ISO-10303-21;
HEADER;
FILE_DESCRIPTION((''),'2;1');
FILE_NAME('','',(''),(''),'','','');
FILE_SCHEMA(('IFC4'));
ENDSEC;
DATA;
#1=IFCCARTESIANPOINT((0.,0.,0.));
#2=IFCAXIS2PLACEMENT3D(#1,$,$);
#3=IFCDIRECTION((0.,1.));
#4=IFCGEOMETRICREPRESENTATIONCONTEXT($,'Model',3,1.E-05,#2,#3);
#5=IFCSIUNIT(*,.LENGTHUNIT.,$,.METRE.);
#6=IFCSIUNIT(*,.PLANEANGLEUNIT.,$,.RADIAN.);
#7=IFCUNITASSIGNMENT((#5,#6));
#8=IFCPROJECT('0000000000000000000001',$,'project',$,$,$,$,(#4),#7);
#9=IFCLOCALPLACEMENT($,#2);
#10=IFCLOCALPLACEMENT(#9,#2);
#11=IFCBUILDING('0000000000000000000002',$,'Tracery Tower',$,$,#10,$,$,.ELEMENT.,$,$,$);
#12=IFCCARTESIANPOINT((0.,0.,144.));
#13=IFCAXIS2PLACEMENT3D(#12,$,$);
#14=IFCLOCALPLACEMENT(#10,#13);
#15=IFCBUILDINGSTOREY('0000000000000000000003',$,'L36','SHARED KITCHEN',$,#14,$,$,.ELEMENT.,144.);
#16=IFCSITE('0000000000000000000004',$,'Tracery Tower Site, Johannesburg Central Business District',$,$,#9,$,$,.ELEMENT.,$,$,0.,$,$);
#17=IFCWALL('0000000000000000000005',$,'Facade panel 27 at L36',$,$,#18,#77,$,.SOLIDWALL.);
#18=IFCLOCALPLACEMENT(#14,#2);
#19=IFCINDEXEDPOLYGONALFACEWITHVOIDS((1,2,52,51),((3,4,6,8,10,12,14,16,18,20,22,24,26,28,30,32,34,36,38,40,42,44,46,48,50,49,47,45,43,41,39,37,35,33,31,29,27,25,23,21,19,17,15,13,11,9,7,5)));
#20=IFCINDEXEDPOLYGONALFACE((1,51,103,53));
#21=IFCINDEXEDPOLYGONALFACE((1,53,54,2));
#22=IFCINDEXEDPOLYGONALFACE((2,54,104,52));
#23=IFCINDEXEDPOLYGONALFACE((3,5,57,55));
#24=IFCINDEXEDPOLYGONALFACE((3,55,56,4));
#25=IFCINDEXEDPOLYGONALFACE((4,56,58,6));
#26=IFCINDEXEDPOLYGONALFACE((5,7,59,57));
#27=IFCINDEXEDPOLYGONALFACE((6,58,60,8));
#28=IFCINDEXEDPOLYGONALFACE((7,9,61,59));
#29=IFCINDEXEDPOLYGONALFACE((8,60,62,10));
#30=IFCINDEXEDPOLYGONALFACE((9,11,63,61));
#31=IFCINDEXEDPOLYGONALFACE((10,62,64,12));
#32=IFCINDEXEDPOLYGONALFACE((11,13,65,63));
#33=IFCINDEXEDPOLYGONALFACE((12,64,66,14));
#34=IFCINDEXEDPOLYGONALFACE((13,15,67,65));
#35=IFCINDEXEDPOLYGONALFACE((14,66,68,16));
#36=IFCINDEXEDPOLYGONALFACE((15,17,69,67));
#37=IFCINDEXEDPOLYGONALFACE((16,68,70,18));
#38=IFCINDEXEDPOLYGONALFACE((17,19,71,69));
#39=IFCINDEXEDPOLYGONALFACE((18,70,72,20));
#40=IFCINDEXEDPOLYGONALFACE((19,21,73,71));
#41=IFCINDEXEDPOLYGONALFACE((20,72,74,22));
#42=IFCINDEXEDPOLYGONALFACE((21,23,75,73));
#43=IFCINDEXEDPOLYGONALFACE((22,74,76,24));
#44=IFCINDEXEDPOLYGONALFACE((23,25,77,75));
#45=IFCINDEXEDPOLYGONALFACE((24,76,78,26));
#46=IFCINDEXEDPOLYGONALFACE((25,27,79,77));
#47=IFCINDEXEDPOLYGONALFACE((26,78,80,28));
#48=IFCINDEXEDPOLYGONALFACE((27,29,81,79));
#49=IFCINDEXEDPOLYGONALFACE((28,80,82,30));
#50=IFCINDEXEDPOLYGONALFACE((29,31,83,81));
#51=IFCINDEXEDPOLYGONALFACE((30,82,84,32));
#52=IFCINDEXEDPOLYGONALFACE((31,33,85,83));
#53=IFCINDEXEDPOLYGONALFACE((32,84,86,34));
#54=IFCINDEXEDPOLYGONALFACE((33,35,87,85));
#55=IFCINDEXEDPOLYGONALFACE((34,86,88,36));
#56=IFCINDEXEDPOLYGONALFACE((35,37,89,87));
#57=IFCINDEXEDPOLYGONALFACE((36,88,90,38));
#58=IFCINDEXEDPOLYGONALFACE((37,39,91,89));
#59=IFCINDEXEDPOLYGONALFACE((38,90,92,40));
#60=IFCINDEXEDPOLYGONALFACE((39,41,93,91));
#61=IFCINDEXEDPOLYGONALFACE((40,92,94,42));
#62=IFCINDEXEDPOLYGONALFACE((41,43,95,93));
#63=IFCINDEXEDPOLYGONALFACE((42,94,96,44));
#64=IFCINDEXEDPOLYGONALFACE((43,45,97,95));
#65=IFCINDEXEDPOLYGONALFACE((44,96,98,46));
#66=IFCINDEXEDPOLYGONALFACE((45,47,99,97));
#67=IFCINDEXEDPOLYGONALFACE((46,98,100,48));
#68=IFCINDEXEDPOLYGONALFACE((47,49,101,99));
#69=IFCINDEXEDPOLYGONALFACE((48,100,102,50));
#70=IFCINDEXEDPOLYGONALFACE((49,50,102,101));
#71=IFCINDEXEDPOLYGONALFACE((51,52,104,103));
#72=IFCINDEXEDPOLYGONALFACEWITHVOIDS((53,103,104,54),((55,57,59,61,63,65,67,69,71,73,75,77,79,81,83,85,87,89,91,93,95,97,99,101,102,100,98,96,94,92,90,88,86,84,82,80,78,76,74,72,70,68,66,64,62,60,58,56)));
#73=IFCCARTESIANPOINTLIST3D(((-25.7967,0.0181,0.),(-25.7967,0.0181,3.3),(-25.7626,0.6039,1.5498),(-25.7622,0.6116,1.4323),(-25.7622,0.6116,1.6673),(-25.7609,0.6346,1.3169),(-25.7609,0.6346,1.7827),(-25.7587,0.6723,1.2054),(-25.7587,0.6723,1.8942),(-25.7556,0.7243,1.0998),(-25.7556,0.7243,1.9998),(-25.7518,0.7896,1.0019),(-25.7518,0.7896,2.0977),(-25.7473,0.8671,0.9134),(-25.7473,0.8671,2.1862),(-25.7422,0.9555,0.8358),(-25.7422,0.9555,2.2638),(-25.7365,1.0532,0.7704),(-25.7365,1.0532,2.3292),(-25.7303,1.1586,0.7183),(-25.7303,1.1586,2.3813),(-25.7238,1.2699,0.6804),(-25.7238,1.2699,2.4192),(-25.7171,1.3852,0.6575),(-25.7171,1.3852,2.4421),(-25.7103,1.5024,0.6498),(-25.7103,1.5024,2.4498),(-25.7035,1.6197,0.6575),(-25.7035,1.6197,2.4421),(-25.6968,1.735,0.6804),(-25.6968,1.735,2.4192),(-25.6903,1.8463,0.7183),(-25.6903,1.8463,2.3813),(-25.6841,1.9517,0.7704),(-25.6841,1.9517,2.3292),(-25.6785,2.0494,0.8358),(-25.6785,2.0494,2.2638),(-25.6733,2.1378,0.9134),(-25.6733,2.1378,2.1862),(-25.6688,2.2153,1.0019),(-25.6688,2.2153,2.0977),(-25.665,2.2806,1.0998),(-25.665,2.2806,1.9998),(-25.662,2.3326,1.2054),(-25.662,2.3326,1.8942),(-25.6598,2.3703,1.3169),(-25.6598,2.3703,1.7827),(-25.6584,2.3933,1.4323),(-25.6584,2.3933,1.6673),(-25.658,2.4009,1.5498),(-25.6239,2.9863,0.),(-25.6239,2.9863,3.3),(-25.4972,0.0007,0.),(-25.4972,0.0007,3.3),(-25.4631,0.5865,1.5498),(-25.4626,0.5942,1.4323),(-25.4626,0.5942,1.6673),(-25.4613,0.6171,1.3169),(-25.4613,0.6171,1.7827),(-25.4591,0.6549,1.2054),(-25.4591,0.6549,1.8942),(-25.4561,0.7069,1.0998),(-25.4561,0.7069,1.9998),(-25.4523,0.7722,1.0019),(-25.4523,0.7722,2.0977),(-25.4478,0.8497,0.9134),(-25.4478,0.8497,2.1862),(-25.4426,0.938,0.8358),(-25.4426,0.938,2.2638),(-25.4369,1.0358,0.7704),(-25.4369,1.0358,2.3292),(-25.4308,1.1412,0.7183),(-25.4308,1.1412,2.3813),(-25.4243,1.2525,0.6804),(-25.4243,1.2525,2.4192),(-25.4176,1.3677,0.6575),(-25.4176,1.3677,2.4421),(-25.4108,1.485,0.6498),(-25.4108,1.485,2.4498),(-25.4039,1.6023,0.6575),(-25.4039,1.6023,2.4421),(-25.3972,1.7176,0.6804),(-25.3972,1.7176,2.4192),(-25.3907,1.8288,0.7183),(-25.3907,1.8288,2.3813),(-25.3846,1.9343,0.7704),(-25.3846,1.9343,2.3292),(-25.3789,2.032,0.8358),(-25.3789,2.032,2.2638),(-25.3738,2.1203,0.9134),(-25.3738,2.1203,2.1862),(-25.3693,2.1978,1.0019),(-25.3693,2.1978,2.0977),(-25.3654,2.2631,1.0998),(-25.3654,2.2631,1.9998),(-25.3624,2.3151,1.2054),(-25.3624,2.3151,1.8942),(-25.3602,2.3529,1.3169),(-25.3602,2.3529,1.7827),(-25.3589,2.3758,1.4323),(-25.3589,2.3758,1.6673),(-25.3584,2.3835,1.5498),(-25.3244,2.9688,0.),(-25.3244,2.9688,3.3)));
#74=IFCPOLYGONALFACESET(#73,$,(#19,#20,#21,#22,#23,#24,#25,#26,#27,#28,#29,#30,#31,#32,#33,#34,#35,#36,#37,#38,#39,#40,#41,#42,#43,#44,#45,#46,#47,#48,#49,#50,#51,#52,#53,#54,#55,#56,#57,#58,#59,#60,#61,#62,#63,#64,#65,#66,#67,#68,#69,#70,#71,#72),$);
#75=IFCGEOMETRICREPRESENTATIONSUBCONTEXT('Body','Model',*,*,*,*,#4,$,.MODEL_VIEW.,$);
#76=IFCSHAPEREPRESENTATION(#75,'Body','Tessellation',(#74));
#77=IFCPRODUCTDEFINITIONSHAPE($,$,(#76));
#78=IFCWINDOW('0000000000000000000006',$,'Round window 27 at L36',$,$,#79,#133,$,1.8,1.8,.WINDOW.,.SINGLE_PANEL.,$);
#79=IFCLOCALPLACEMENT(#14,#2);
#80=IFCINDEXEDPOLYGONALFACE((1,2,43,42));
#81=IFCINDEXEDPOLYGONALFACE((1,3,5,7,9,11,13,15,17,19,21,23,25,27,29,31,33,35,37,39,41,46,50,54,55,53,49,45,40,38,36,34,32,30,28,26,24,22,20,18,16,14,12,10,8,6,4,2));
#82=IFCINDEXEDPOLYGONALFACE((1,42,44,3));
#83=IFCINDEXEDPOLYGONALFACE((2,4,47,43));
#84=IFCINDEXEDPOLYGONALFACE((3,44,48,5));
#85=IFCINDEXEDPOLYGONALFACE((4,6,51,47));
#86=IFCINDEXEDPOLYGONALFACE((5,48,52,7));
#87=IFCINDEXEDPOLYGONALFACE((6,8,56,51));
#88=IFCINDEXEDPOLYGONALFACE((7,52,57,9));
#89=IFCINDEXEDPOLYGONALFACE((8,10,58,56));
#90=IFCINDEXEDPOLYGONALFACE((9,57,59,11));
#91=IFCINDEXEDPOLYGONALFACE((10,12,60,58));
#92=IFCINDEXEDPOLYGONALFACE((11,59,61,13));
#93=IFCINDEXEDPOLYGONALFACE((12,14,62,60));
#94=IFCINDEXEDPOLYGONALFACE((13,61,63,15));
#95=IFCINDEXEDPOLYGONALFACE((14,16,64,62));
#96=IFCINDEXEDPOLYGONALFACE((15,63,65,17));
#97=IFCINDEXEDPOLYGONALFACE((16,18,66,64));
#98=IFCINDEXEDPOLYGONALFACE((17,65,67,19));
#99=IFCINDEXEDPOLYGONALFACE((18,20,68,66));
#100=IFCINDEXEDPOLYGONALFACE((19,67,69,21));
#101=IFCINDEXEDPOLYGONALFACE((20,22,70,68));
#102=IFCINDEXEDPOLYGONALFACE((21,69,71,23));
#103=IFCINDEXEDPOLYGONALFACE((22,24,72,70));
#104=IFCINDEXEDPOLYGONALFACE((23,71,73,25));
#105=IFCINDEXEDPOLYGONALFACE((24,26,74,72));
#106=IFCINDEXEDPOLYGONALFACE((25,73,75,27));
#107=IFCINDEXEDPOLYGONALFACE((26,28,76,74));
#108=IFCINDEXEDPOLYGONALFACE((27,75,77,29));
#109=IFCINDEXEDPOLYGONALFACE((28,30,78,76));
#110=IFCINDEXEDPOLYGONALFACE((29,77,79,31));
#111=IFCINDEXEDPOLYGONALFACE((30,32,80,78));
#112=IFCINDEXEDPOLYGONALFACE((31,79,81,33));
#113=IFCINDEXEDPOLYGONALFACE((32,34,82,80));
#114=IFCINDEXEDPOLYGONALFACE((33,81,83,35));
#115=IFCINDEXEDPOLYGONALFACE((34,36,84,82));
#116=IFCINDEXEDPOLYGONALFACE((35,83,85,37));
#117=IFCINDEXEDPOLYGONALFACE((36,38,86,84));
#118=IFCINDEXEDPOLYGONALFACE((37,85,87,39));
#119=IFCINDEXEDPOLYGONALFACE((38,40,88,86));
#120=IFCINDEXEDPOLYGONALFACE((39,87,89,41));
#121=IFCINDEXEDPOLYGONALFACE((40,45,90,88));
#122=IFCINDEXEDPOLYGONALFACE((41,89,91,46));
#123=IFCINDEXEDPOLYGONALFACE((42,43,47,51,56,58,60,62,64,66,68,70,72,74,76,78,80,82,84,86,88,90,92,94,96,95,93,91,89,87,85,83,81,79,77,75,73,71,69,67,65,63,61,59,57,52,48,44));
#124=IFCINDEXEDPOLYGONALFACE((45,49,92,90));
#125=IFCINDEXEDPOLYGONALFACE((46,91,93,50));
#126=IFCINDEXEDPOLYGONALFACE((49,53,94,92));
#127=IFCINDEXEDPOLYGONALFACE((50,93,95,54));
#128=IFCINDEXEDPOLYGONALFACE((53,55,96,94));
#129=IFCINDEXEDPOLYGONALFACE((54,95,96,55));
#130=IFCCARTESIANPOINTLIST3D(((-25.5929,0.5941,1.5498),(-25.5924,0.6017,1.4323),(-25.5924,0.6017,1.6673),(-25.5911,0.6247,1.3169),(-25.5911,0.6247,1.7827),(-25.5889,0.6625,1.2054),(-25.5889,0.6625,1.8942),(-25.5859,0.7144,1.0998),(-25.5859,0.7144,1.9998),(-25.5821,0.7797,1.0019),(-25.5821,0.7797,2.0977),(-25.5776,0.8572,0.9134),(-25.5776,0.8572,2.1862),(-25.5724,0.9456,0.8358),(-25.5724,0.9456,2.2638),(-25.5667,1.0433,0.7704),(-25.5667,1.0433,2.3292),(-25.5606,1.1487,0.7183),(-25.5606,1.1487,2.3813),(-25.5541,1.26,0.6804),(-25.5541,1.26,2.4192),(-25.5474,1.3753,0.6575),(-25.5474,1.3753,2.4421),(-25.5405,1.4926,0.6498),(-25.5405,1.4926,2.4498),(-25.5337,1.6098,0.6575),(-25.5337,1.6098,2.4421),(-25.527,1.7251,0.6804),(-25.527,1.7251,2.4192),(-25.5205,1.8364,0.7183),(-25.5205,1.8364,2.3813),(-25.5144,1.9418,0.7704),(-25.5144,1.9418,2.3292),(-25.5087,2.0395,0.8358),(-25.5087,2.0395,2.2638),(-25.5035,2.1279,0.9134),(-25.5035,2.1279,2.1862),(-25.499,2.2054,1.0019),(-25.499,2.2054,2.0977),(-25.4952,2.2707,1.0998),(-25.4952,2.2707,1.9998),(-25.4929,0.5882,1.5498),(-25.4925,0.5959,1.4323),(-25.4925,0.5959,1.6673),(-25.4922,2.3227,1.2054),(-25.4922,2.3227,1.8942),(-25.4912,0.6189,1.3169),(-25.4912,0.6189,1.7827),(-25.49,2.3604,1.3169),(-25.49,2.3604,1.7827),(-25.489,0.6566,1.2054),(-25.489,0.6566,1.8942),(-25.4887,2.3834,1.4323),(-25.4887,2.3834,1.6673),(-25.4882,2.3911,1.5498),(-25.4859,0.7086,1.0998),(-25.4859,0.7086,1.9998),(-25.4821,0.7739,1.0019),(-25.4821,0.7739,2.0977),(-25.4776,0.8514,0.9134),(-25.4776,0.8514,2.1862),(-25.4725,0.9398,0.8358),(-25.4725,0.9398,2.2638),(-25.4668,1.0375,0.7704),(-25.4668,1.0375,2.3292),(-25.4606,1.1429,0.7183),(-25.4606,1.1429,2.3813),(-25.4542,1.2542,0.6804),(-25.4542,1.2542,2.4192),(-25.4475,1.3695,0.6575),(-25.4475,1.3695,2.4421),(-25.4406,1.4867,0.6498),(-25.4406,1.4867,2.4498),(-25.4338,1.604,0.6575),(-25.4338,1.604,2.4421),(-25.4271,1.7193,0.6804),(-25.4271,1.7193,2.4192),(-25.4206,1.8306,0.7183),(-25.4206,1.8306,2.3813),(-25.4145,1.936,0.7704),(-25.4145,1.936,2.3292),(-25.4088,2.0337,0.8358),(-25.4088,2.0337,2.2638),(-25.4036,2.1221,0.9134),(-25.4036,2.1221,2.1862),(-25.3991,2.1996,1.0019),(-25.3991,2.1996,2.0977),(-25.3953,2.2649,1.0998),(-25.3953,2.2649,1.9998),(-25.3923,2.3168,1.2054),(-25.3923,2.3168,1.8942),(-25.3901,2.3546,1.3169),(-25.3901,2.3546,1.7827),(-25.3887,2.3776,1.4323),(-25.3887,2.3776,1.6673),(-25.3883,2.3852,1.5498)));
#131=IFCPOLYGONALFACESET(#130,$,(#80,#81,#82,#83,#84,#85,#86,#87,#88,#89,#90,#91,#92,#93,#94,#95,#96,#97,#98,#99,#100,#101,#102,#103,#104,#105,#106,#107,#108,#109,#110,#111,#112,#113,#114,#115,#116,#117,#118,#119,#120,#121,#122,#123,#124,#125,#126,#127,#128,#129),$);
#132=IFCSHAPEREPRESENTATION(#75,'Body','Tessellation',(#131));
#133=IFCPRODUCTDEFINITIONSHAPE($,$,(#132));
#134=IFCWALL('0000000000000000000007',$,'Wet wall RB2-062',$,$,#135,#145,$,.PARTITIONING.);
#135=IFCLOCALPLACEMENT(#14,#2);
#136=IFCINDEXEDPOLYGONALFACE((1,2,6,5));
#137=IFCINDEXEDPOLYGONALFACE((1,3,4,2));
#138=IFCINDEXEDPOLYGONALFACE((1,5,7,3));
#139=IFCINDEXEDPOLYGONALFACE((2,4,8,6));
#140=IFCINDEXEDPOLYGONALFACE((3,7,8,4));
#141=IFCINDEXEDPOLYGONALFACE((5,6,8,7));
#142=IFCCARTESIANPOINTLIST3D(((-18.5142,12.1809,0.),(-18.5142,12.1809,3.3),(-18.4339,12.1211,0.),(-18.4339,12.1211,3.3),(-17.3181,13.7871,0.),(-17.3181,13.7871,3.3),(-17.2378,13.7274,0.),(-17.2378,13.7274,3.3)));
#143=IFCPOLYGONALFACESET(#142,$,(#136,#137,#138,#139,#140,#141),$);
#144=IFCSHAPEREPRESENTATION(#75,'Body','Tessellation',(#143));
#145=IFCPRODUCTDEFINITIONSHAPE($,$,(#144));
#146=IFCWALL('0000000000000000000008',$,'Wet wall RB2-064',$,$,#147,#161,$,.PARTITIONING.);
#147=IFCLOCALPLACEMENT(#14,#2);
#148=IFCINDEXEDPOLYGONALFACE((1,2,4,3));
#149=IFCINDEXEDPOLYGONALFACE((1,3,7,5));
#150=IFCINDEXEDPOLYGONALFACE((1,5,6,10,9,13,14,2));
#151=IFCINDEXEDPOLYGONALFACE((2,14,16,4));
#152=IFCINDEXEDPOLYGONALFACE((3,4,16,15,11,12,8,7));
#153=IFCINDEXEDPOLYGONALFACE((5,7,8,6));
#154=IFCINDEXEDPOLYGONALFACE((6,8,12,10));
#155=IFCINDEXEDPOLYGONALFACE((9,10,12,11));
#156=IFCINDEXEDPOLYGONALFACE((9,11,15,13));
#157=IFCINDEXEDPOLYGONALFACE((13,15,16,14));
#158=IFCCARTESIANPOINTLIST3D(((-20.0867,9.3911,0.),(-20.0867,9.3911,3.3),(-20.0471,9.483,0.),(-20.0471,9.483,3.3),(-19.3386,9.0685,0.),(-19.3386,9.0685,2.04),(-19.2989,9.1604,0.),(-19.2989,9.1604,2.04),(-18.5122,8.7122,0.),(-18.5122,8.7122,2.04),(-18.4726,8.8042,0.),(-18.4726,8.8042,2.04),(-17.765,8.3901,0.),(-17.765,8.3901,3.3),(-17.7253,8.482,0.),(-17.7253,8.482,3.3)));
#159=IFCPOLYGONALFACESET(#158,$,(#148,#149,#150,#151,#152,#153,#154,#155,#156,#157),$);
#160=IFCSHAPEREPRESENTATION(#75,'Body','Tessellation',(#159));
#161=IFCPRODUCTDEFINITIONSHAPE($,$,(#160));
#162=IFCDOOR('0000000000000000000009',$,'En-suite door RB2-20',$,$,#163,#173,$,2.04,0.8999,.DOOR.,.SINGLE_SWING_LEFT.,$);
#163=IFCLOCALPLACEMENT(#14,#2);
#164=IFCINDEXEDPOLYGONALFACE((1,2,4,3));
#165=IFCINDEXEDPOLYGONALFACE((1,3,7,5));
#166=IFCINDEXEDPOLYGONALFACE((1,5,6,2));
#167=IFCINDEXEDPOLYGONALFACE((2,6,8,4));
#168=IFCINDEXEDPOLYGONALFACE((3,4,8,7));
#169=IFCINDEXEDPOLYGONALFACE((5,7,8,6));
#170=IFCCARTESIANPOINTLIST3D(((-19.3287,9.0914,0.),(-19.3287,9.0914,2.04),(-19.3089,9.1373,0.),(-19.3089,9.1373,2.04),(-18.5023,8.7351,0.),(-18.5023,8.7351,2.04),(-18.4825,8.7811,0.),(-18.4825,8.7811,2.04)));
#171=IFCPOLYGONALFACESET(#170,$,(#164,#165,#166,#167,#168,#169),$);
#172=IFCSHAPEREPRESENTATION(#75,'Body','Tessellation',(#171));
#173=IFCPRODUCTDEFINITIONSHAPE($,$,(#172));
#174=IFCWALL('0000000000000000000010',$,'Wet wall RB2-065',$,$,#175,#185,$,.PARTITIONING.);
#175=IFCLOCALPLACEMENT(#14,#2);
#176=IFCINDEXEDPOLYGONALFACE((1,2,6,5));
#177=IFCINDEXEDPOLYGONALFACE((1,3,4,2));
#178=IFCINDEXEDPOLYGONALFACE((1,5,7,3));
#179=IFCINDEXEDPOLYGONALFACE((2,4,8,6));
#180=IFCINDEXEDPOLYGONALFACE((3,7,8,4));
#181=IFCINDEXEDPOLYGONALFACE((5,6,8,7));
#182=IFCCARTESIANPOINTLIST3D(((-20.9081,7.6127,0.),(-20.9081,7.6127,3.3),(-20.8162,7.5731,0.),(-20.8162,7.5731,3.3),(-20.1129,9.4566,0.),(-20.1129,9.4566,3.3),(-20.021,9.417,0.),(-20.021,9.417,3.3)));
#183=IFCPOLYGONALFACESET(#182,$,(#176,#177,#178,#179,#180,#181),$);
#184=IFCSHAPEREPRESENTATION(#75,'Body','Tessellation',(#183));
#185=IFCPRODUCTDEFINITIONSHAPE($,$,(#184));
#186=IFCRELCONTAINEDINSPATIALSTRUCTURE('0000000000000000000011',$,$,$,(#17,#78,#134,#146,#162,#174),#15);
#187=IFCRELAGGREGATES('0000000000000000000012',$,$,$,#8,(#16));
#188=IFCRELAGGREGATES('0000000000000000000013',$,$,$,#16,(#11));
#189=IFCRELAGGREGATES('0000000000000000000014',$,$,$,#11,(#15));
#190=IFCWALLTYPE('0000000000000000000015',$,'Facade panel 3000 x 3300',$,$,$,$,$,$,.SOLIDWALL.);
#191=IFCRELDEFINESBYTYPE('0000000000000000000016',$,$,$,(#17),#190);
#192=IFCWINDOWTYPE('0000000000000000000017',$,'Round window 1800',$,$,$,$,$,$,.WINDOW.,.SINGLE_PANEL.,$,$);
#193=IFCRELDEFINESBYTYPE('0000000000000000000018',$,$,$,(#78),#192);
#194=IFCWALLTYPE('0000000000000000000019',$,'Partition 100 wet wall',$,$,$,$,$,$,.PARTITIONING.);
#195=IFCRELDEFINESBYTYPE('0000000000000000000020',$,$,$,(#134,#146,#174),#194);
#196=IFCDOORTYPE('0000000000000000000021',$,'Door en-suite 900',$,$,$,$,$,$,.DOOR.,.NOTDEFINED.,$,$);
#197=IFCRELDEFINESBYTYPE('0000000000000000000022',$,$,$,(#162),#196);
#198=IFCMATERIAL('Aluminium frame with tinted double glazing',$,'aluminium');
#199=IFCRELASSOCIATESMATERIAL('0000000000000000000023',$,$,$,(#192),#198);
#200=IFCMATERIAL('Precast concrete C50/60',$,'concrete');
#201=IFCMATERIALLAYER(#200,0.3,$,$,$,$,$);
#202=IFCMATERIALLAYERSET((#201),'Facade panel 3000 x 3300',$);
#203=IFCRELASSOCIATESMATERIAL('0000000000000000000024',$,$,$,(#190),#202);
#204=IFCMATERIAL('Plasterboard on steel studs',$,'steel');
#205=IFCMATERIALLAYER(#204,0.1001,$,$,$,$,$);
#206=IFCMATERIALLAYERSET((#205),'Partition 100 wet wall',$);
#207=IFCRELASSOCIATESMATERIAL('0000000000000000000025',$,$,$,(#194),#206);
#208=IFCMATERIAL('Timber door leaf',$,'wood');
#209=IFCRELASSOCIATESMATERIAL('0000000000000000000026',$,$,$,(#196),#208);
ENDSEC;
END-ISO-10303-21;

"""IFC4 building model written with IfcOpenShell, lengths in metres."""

from ifc_helpers import new_model, si_unit, direction, frame, frame_2d, origin, origin_2d, place, context, subcontext, project, spatial, rectangle, circle, extrude, material, layer, layer_set, type_object, element, fill, save


model = new_model("IFC4")

# Units and contexts
model_context = context("Model", 3, precision=1e-05, world=origin(), true_north=direction((0.0, 1.0)))
body_context = subcontext(model_context, "Body", "Model", "MODEL_VIEW")
ifc_project = project(units=[si_unit("LENGTHUNIT", "METRE"), si_unit("PLANEANGLEUNIT", "RADIAN")], contexts=[model_context])

# Site, building, storey
site_placement = place(None, origin())
site = spatial("IfcSite", under=ifc_project, at=site_placement, Name="Tracery Tower Site, Johannesburg Central Business District", CompositionType="ELEMENT", RefElevation=0.0)
building_placement = place(site_placement, origin())
building = spatial("IfcBuilding", under=site, at=building_placement, Name="Tracery Tower", CompositionType="ELEMENT")
storey_placement = place(building_placement, frame((0.0, 0.0, 144.0)))
storey = spatial("IfcBuildingStorey", under=building, at=storey_placement, Name="L36", Description="SHARED KITCHEN", CompositionType="ELEMENT", Elevation=144.0)

# Wall, opening, window
ifc_material_1 = material(Name="Aluminium frame with tinted double glazing", Category="aluminium")
window_type = type_object("IfcWindowType", Name="Round window 1800", PartitioningType="SINGLE_PANEL", PredefinedType="WINDOW", material=ifc_material_1)
ifc_material_2 = material(Name="Precast concrete C50/60", Category="concrete")
ifc_layer_1 = layer(ifc_material_2, 0.3)
ifc_layer_set_1 = layer_set([ifc_layer_1], Name="Facade panel 3000 x 3300")
wall_type_1 = type_object("IfcWallType", Name="Facade panel 3000 x 3300", PredefinedType="SOLIDWALL", material=ifc_layer_set_1)
wall_1_placement = place(storey_placement, frame((-25.4741, 2.9775, 0.0), z_axis=(0.0, 0.0, 1.0), x_axis=(-0.05814, -0.998308, 0.0)))
wall_1 = element("IfcWall", 1, at=wall_1_placement, inside=storey, type_object=wall_type_1, Name="Facade panel 27 at L36", PredefinedType="SOLIDWALL", context=body_context, shape_type="SweptSolid", body=[
    extrude(rectangle(XDim=2.9731, YDim=0.3, at=frame_2d((1.4866, 0.0))), origin(), (0.0, 0.0, 1.0), 3.3),
])
opening_1_placement = place(wall_1_placement, frame((1.4863, 0.0, 1.5498)))
opening_1 = element("IfcOpeningElement", 2, at=opening_1_placement, cuts=wall_1, PredefinedType="OPENING", context=body_context, shape_type="SweptSolid", body=[
    extrude(circle(Radius=0.9, at=origin_2d()), frame((0.0, 0.1599, 0.0), z_axis=(0.0, -1.0, 0.0), x_axis=(1.0, 0.0, 0.0)), (0.0, 0.0, 1.0), 0.3201),
])
window_1_placement = place(opening_1_placement, origin())
window_1 = element("IfcWindow", 3, at=window_1_placement, inside=storey, type_object=window_type, Name="Round window 27 at L36", OverallHeight=1.8, OverallWidth=1.8, PartitioningType="SINGLE_PANEL", PredefinedType="WINDOW", context=body_context, shape_type="SweptSolid", body=[
    extrude(circle(Radius=0.9, at=origin_2d()), frame((0.0, 0.1201, 0.0), z_axis=(0.0, -1.0, 0.0), x_axis=(1.0, 0.0, 0.0)), (0.0, 0.0, 1.0), 0.1001),
])
fill(opening_1, window_1)

# Wall
ifc_material_3 = material(Name="Plasterboard on steel studs", Category="steel")
ifc_layer_2 = layer(ifc_material_3, 0.1001)
ifc_layer_set_2 = layer_set([ifc_layer_2], Name="Partition 100 wet wall")
wall_type_2 = type_object("IfcWallType", Name="Partition 100 wet wall", PredefinedType="PARTITIONING", material=ifc_layer_set_2)
wall_2_placement = place(storey_placement, frame((-18.4741, 12.1509, 0.0), z_axis=(0.0, 0.0, 1.0), x_axis=(0.597246, 0.802058, 0.0)))
element("IfcWall", 4, at=wall_2_placement, inside=storey, type_object=wall_type_2, Name="Wet wall RB2-062", PredefinedType="PARTITIONING", context=body_context, shape_type="SweptSolid", body=[
    extrude(rectangle(XDim=2.0027, YDim=0.1001, at=frame_2d((1.0015, 0.0))), origin(), (0.0, 0.0, 1.0), 3.3),
])

# Wall, opening, door
wall_3_placement = place(storey_placement, frame((-20.0669, 9.437, 0.0), z_axis=(0.0, 0.0, 1.0), x_axis=(0.918294, -0.3959, 0.0)))
wall_3 = element("IfcWall", 5, at=wall_3_placement, inside=storey, type_object=wall_type_2, Name="Wet wall RB2-064", PredefinedType="PARTITIONING", context=body_context, shape_type="SweptSolid", body=[
    extrude(rectangle(XDim=2.5283, YDim=0.1001, at=frame_2d((1.2642, 0.0))), origin(), (0.0, 0.0, 1.0), 3.3),
])
opening_2_placement = place(wall_3_placement, frame((0.8147, 0.0, 0.0)))
opening_2 = element("IfcOpeningElement", 6, at=opening_2_placement, cuts=wall_3, PredefinedType="OPENING", context=body_context, shape_type="SweptSolid", body=[
    extrude(rectangle(XDim=0.8999, YDim=2.04, at=frame_2d((0.45, 1.02))), frame((0.0, 0.05, 0.0), z_axis=(0.0, -1.0, 0.0), x_axis=(1.0, 0.0, 0.0)), (0.0, 0.0, 1.0), 0.1001),
])
ifc_material_4 = material(Name="Timber door leaf", Category="wood")
door_type_1 = type_object("IfcDoorType", Name="Door en-suite 900", OperationType="NOTDEFINED", PredefinedType="DOOR", material=ifc_material_4)
door_1_placement = place(opening_2_placement, origin())
door_1 = element("IfcDoor", 7, at=door_1_placement, inside=storey, type_object=door_type_1, Name="En-suite door RB2-20", OperationType="SINGLE_SWING_LEFT", OverallHeight=2.04, OverallWidth=0.8999, PredefinedType="DOOR", context=body_context, shape_type="SweptSolid", body=[
    extrude(rectangle(XDim=0.8999, YDim=2.04, at=frame_2d((0.45, 1.02))), frame((0.0, 0.0249, 0.0), z_axis=(0.0, -1.0, 0.0), x_axis=(1.0, 0.0, 0.0)), (0.0, 0.0, 1.0), 0.05),
])
fill(opening_2, door_1)

# Wall
wall_4_placement = place(storey_placement, frame((-20.8621, 7.593, 0.0), z_axis=(0.0, 0.0, 1.0), x_axis=(0.395973, 0.918262, 0.0)))
element("IfcWall", 8, at=wall_4_placement, inside=storey, type_object=wall_type_2, Name="Wet wall RB2-065", PredefinedType="PARTITIONING", context=body_context, shape_type="SweptSolid", body=[
    extrude(rectangle(XDim=2.0081, YDim=0.1001, at=frame_2d((1.0039, 0.0))), origin(), (0.0, 0.0, 1.0), 3.3),
])

save(model, "model.ifc")
